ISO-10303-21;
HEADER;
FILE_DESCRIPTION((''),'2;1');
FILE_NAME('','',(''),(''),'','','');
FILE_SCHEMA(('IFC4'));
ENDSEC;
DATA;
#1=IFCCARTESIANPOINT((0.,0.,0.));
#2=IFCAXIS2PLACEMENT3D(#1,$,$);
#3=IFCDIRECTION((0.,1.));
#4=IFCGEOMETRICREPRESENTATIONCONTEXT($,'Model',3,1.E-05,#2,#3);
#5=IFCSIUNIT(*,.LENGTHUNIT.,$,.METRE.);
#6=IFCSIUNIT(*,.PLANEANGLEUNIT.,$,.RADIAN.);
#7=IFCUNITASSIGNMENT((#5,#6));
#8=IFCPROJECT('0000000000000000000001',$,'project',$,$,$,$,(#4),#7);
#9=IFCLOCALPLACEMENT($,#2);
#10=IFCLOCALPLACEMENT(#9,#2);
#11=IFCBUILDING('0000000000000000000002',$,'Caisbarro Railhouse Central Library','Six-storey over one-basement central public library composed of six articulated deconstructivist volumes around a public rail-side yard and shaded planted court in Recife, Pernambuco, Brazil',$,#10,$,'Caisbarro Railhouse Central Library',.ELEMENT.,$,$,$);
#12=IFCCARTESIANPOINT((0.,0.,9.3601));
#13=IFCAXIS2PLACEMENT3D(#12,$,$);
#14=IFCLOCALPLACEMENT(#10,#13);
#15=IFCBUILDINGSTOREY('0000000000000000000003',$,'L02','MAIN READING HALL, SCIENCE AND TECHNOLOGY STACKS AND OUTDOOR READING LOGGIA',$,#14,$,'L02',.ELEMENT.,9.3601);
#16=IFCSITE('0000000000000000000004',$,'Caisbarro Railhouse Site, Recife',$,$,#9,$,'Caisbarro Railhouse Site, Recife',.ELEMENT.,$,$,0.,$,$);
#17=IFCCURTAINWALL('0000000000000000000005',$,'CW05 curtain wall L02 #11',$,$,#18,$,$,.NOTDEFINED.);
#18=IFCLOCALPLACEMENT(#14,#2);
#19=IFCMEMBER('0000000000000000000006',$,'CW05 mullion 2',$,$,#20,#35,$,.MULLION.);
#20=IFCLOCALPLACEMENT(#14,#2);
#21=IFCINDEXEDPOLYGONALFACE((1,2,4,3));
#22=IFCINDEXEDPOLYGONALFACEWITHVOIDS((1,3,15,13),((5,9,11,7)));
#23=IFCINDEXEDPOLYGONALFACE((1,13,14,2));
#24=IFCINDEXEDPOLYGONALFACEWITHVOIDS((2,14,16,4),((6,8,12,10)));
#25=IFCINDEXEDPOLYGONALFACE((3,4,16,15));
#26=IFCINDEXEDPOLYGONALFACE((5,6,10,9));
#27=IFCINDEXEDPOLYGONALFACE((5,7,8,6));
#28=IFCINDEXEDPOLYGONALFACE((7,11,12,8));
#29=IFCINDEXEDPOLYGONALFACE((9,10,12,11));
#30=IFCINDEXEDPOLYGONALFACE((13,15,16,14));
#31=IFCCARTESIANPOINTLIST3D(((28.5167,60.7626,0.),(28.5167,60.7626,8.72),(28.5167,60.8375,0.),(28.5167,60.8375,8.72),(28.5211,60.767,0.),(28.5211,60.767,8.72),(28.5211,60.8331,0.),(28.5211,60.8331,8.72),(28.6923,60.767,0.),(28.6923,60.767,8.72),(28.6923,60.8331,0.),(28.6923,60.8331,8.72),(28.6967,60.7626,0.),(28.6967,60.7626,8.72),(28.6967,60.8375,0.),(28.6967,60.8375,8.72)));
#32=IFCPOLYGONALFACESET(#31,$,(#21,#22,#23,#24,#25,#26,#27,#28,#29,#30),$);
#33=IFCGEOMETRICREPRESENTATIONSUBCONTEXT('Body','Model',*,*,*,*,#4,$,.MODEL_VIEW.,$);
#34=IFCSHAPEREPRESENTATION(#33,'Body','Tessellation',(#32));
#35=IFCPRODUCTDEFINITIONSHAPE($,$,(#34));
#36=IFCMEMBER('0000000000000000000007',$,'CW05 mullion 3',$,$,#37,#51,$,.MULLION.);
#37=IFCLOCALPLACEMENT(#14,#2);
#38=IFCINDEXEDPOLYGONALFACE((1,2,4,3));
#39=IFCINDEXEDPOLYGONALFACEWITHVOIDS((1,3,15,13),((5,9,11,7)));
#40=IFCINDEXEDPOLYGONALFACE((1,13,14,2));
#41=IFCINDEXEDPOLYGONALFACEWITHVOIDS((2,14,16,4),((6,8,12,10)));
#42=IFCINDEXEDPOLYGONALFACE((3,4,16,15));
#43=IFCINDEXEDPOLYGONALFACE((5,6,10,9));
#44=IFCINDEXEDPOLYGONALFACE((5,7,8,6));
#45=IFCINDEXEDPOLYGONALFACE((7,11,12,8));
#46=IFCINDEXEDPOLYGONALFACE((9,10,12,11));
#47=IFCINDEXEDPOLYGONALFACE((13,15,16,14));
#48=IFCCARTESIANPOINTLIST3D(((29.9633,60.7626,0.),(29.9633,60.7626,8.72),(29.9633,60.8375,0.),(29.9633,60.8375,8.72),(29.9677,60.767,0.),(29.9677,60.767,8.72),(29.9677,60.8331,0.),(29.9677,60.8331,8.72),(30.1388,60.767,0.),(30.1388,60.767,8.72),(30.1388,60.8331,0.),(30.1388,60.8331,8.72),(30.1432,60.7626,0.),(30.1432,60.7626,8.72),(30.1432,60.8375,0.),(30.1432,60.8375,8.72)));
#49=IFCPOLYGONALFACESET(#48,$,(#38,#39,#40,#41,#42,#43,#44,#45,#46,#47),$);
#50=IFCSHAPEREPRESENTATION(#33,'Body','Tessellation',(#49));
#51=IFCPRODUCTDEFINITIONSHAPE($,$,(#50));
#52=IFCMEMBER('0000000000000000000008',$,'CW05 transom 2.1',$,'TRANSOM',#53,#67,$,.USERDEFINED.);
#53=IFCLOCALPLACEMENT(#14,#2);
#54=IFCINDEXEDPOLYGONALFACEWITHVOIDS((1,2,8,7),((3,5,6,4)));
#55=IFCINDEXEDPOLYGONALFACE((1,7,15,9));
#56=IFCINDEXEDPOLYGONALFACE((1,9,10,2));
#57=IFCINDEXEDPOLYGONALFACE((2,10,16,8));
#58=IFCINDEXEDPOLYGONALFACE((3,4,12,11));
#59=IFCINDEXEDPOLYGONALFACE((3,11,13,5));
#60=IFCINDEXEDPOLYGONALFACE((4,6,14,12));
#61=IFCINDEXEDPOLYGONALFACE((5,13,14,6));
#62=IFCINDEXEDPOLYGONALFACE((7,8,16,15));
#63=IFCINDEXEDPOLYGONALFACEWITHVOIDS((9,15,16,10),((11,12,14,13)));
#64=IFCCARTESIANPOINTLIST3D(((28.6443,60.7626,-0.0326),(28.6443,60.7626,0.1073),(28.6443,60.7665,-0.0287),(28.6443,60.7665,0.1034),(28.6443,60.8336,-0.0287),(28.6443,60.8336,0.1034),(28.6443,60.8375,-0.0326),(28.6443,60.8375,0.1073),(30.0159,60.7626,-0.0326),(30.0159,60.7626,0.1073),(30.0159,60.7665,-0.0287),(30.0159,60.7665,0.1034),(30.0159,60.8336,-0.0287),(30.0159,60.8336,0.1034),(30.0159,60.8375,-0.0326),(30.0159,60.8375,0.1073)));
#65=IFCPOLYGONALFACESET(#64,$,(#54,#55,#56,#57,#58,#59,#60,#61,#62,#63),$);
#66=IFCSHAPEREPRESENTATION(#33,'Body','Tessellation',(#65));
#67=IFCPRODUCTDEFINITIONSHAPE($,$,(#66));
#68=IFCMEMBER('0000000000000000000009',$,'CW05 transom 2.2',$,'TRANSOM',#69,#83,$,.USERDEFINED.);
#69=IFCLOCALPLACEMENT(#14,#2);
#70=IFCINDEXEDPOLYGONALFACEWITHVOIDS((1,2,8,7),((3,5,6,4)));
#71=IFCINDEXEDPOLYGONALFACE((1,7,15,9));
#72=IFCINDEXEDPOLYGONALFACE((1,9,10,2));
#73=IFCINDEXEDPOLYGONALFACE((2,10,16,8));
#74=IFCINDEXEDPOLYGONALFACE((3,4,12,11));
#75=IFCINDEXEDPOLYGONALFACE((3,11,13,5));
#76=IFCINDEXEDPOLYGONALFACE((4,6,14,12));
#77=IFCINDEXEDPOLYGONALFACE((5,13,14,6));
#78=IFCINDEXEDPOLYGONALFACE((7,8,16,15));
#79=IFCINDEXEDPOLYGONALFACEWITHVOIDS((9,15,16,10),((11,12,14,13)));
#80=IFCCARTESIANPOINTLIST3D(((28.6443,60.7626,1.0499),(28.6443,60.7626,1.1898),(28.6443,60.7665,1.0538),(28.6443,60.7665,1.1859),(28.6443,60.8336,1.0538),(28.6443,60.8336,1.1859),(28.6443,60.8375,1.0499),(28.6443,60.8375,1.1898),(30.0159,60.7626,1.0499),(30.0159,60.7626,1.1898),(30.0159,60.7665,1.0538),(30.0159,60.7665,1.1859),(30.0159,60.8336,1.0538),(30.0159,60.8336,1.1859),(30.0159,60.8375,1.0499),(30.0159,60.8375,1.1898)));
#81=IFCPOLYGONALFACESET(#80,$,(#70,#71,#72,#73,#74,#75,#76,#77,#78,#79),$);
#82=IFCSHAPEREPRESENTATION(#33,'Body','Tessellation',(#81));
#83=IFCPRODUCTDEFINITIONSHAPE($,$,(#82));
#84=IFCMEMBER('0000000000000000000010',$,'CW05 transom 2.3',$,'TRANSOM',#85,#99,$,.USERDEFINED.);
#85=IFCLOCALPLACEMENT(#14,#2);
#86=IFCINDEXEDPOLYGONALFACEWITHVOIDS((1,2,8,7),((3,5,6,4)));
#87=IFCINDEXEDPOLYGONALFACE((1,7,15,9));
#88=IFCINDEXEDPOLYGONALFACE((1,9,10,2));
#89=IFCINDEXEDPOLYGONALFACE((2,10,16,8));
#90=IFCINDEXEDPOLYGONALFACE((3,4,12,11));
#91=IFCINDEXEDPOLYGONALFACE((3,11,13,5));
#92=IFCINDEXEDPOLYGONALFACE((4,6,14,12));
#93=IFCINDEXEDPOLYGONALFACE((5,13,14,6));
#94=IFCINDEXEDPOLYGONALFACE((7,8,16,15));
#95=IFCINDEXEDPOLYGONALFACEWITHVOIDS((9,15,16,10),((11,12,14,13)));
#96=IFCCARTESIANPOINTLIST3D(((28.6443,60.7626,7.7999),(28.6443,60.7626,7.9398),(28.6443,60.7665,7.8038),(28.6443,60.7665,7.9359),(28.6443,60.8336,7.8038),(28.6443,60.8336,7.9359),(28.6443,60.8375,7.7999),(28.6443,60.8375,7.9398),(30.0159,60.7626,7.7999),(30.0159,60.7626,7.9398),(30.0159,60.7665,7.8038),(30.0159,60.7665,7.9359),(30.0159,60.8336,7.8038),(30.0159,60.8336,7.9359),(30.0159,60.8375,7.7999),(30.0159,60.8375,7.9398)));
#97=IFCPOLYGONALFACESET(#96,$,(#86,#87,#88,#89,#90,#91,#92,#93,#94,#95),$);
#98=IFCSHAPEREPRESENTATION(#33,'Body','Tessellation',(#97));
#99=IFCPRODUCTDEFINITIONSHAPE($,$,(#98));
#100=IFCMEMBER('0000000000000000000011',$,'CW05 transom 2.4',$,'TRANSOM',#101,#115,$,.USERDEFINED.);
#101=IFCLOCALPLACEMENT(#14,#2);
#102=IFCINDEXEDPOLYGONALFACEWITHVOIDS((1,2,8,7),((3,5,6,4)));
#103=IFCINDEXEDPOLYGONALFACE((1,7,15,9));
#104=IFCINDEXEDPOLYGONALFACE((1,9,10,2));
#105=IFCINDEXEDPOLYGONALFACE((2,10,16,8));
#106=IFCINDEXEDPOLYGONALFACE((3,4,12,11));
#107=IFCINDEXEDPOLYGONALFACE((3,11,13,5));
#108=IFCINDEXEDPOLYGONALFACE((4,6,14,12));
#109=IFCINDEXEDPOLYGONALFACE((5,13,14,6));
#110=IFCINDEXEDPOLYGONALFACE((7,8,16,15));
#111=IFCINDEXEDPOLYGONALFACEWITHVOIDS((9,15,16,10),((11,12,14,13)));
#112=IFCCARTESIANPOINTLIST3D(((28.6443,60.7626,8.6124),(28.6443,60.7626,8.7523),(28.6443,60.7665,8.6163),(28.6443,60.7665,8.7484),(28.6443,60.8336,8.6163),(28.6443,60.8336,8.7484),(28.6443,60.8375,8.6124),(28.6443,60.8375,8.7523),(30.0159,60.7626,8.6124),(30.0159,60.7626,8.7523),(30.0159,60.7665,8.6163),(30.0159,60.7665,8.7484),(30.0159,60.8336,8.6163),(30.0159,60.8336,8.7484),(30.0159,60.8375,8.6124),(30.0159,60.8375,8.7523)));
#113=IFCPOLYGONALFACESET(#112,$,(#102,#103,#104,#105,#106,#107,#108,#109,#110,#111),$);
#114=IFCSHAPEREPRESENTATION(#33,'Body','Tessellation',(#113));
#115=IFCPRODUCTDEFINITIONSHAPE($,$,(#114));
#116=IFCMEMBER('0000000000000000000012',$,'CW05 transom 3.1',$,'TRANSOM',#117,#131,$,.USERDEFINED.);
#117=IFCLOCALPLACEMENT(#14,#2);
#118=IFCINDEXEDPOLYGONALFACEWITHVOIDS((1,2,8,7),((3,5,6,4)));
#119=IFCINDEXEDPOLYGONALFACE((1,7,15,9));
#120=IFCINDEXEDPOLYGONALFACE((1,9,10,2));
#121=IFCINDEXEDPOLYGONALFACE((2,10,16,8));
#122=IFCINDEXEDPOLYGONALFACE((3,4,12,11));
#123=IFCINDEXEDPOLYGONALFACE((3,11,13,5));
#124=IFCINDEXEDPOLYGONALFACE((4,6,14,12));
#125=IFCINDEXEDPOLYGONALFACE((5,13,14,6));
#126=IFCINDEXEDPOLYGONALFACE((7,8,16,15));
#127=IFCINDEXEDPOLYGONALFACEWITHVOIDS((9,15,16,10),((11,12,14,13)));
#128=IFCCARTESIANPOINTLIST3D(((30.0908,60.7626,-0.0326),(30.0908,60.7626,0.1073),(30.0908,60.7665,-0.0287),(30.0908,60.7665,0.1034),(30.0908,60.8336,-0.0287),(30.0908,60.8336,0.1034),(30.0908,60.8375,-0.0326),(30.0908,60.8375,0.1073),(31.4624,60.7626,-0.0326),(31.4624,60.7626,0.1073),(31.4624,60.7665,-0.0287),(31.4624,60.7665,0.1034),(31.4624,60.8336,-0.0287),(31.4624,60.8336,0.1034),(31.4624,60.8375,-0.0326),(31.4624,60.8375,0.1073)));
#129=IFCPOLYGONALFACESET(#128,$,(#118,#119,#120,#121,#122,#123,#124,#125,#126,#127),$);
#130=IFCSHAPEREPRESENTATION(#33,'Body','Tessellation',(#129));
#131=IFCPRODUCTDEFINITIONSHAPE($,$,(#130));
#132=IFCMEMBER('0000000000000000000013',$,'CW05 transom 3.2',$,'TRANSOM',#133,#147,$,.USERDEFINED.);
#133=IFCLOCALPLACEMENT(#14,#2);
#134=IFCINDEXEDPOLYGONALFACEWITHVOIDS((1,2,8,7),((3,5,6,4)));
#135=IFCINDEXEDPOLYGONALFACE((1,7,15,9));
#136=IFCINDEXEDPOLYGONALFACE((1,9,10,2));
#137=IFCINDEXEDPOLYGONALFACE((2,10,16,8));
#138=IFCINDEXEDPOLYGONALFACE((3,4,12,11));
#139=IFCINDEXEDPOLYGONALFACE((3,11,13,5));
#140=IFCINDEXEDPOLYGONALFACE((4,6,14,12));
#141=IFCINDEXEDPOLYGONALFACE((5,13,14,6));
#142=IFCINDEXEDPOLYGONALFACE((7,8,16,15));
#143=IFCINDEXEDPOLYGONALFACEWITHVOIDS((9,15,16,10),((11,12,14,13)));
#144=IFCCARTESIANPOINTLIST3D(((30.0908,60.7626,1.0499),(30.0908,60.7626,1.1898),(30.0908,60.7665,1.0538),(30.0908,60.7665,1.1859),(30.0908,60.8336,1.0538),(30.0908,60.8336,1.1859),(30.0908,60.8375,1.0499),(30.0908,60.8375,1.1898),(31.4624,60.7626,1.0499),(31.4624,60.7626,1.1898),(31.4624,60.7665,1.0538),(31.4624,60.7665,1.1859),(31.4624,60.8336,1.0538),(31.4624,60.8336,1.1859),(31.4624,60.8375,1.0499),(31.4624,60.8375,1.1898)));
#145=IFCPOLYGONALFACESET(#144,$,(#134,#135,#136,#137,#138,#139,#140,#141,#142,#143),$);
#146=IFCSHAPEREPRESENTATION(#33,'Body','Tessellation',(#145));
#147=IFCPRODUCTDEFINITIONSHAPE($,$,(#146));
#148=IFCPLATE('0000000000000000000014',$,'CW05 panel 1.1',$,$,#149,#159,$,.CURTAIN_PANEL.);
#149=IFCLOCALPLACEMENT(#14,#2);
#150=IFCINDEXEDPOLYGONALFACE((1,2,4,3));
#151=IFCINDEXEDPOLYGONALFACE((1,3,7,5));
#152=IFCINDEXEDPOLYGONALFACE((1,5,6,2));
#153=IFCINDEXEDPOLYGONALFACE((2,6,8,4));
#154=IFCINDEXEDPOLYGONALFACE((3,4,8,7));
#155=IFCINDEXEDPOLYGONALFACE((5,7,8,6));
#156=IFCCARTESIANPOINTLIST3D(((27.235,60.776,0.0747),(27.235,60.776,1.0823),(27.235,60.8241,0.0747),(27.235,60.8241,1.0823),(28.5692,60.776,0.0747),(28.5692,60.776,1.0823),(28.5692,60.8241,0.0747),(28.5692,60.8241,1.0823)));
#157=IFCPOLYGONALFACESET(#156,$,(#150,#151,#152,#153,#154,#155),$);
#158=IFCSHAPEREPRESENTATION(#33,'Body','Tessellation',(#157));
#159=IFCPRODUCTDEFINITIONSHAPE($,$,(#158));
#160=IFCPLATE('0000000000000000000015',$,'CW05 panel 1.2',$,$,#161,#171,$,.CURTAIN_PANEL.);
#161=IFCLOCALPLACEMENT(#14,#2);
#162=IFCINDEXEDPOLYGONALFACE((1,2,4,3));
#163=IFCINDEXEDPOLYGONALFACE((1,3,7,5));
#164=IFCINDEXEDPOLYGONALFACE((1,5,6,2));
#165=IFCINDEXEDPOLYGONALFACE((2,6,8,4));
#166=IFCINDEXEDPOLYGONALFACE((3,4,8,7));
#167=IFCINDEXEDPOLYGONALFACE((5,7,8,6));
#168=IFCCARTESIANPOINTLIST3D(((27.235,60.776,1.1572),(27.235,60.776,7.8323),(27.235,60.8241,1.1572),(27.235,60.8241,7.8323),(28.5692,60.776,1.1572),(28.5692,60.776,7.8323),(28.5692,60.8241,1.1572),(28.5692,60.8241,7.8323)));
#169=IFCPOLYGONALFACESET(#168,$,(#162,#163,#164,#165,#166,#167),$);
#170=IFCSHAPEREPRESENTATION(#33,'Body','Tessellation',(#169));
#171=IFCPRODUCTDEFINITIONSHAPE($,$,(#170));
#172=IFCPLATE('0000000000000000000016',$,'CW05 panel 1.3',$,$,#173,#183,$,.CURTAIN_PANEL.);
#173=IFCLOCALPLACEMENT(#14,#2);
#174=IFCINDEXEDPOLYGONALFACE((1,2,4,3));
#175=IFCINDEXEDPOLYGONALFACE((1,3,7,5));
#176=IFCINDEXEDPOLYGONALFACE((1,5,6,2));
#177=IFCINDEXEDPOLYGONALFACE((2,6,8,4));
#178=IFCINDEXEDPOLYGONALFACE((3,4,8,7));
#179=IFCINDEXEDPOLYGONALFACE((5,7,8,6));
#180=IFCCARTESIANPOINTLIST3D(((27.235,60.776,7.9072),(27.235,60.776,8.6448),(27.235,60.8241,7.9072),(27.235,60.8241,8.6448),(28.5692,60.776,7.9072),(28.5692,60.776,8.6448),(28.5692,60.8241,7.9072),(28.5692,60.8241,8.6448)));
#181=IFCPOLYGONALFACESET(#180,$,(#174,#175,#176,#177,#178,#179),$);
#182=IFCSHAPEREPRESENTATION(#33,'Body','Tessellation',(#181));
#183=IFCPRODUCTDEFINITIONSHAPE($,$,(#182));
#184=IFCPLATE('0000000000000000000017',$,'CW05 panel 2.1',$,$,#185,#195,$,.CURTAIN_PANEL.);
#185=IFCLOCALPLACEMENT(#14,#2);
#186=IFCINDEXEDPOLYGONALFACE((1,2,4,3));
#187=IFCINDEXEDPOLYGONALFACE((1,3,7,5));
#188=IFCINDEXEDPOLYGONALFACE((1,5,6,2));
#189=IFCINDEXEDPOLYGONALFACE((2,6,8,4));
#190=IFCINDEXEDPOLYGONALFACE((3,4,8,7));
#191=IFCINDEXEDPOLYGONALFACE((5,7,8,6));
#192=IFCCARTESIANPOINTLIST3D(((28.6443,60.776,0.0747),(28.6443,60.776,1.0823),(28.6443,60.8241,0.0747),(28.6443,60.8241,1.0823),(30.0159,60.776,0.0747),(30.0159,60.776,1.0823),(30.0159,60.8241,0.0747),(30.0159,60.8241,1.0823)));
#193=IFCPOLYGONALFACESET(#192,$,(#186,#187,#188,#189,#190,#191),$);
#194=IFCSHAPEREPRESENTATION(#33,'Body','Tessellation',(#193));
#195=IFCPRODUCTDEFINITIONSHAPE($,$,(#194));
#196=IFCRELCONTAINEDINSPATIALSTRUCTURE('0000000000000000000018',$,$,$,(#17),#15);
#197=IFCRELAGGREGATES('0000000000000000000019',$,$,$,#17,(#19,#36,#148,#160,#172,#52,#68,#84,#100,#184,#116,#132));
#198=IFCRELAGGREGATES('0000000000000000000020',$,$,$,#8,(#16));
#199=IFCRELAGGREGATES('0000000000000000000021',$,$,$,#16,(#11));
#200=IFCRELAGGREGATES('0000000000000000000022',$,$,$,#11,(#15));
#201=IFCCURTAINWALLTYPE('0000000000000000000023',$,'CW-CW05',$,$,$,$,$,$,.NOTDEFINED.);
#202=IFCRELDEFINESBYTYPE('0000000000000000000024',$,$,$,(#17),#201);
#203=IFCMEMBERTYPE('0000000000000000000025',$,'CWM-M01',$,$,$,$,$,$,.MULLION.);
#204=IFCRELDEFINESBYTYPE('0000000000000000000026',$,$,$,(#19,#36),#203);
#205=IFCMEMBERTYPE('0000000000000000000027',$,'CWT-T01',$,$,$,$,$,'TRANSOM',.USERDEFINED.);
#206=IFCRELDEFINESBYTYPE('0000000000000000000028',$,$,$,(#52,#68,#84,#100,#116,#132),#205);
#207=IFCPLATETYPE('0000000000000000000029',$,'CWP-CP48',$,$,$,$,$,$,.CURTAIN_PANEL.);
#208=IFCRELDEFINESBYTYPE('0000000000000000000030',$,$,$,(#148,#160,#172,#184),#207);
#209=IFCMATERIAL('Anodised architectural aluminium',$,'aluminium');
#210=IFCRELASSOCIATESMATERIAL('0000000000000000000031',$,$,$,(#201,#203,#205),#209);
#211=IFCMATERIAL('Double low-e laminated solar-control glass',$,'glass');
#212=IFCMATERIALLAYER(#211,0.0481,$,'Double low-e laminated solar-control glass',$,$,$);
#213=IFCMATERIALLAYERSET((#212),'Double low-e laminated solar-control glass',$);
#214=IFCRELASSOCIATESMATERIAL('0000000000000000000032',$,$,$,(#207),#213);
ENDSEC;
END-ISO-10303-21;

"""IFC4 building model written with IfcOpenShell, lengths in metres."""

from ifc_helpers import new_model, si_unit, direction, frame, origin, origin_2d, place, context, subcontext, project, spatial, rectangle, hollow_rectangle, extrude, material, layer, layer_set, material_profile, profile_set, type_object, element, aggregate, save


model = new_model("IFC4")

# Units and contexts
model_context = context("Model", 3, precision=1e-05, world=origin(), true_north=direction((0.0, 1.0)))
body_context = subcontext(model_context, "Body", "Model", "MODEL_VIEW")
ifc_project = project(units=[si_unit("LENGTHUNIT", "METRE"), si_unit("PLANEANGLEUNIT", "RADIAN")], contexts=[model_context])

# Site, building, storey
site_placement = place(None, origin())
site = spatial("IfcSite", under=ifc_project, at=site_placement, Name="Caisbarro Railhouse Site, Recife", LongName="Caisbarro Railhouse Site, Recife", CompositionType="ELEMENT", RefElevation=0.0)
building_placement = place(site_placement, origin())
building = spatial("IfcBuilding", under=site, at=building_placement, Name="Caisbarro Railhouse Central Library", Description="Six-storey over one-basement central public library composed of six articulated deconstructivist volumes around a public rail-side yard and shaded planted court in Recife, Pernambuco, Brazil", LongName="Caisbarro Railhouse Central Library", CompositionType="ELEMENT")
storey_placement = place(building_placement, frame((0.0, 0.0, 9.3601)))
storey = spatial("IfcBuildingStorey", under=building, at=storey_placement, Name="L02", Description="MAIN READING HALL, SCIENCE AND TECHNOLOGY STACKS AND OUTDOOR READING LOGGIA", LongName="L02", CompositionType="ELEMENT", Elevation=9.3601)

# Curtain wall, members, plates
ifc_material_1 = material(Name="Anodised architectural aluminium", Category="aluminium")
curtain_wall_type = type_object("IfcCurtainWallType", Name="CW-CW05", PredefinedType="NOTDEFINED", material=ifc_material_1)
curtain_wall_placement = place(storey_placement, origin())
curtain_wall = element("IfcCurtainWall", 1, at=curtain_wall_placement, inside=storey, type_object=curtain_wall_type, Name="CW05 curtain wall L02 #11", PredefinedType="NOTDEFINED")
ifc_material_profile_1 = material_profile(ifc_material_1, hollow_rectangle(XDim=0.075, YDim=0.1799, WallThickness=0.0044, at=origin_2d()), Name="ALU-MUL-75X180")
ifc_profile_set_1 = profile_set([ifc_material_profile_1], Name="Anodised architectural aluminium")
member_type_1 = type_object("IfcMemberType", Name="CWM-M01", PredefinedType="MULLION", material=ifc_profile_set_1)
member_1_placement = place(storey_placement, frame((28.6067, 60.8, 0.0), z_axis=(0.0, 0.0, 1.0), x_axis=(0.0, 1.0, 0.0)))
member_1 = element("IfcMember", 2, at=member_1_placement, type_object=member_type_1, Name="CW05 mullion 2", PredefinedType="MULLION", context=body_context, shape_type="SweptSolid", body=[
    extrude(hollow_rectangle(XDim=0.075, YDim=0.1799, WallThickness=0.0044, at=origin_2d()), origin(), (0.0, 0.0, 1.0), 8.72),
])
member_2_placement = place(storey_placement, frame((30.0532, 60.8, 0.0), z_axis=(0.0, 0.0, 1.0), x_axis=(0.0, 1.0, 0.0)))
member_2 = element("IfcMember", 3, at=member_2_placement, type_object=member_type_1, Name="CW05 mullion 3", PredefinedType="MULLION", context=body_context, shape_type="SweptSolid", body=[
    extrude(hollow_rectangle(XDim=0.075, YDim=0.1799, WallThickness=0.0044, at=origin_2d()), origin(), (0.0, 0.0, 1.0), 8.72),
])
ifc_material_profile_2 = material_profile(ifc_material_1, hollow_rectangle(XDim=0.075, YDim=0.1399, WallThickness=0.0039, at=origin_2d()), Name="ALU-TRN-75X140")
ifc_profile_set_2 = profile_set([ifc_material_profile_2], Name="Anodised architectural aluminium")
member_type_2 = type_object("IfcMemberType", Name="CWT-T01", ElementType="TRANSOM", PredefinedType="USERDEFINED", material=ifc_profile_set_2)
member_3_placement = place(storey_placement, frame((28.6443, 60.8, 0.0374), z_axis=(1.0, 0.0, 0.0), x_axis=(0.0, 1.0, 0.0)))
member_3 = element("IfcMember", 4, at=member_3_placement, type_object=member_type_2, Name="CW05 transom 2.1", ObjectType="TRANSOM", PredefinedType="USERDEFINED", context=body_context, shape_type="SweptSolid", body=[
    extrude(hollow_rectangle(XDim=0.075, YDim=0.1399, WallThickness=0.0039, at=origin_2d()), origin(), (0.0, 0.0, 1.0), 1.3716),
])
member_4_placement = place(storey_placement, frame((28.6443, 60.8, 1.1199), z_axis=(1.0, 0.0, 0.0), x_axis=(0.0, 1.0, 0.0)))
member_4 = element("IfcMember", 5, at=member_4_placement, type_object=member_type_2, Name="CW05 transom 2.2", ObjectType="TRANSOM", PredefinedType="USERDEFINED", context=body_context, shape_type="SweptSolid", body=[
    extrude(hollow_rectangle(XDim=0.075, YDim=0.1399, WallThickness=0.0039, at=origin_2d()), origin(), (0.0, 0.0, 1.0), 1.3716),
])
member_5_placement = place(storey_placement, frame((28.6443, 60.8, 7.8699), z_axis=(1.0, 0.0, 0.0), x_axis=(0.0, 1.0, 0.0)))
member_5 = element("IfcMember", 6, at=member_5_placement, type_object=member_type_2, Name="CW05 transom 2.3", ObjectType="TRANSOM", PredefinedType="USERDEFINED", context=body_context, shape_type="SweptSolid", body=[
    extrude(hollow_rectangle(XDim=0.075, YDim=0.1399, WallThickness=0.0039, at=origin_2d()), origin(), (0.0, 0.0, 1.0), 1.3716),
])
member_6_placement = place(storey_placement, frame((28.6443, 60.8, 8.6824), z_axis=(1.0, 0.0, 0.0), x_axis=(0.0, 1.0, 0.0)))
member_6 = element("IfcMember", 7, at=member_6_placement, type_object=member_type_2, Name="CW05 transom 2.4", ObjectType="TRANSOM", PredefinedType="USERDEFINED", context=body_context, shape_type="SweptSolid", body=[
    extrude(hollow_rectangle(XDim=0.075, YDim=0.1399, WallThickness=0.0039, at=origin_2d()), origin(), (0.0, 0.0, 1.0), 1.3716),
])
member_7_placement = place(storey_placement, frame((30.0908, 60.8, 0.0374), z_axis=(1.0, 0.0, 0.0), x_axis=(0.0, 1.0, 0.0)))
member_7 = element("IfcMember", 8, at=member_7_placement, type_object=member_type_2, Name="CW05 transom 3.1", ObjectType="TRANSOM", PredefinedType="USERDEFINED", context=body_context, shape_type="SweptSolid", body=[
    extrude(hollow_rectangle(XDim=0.075, YDim=0.1399, WallThickness=0.0039, at=origin_2d()), origin(), (0.0, 0.0, 1.0), 1.3716),
])
member_8_placement = place(storey_placement, frame((30.0908, 60.8, 1.1199), z_axis=(1.0, 0.0, 0.0), x_axis=(0.0, 1.0, 0.0)))
member_8 = element("IfcMember", 9, at=member_8_placement, type_object=member_type_2, Name="CW05 transom 3.2", ObjectType="TRANSOM", PredefinedType="USERDEFINED", context=body_context, shape_type="SweptSolid", body=[
    extrude(hollow_rectangle(XDim=0.075, YDim=0.1399, WallThickness=0.0039, at=origin_2d()), origin(), (0.0, 0.0, 1.0), 1.3716),
])
ifc_material_2 = material(Name="Double low-e laminated solar-control glass", Category="glass")
ifc_layer_1 = layer(ifc_material_2, 0.0481, Name="Double low-e laminated solar-control glass")
ifc_layer_set_1 = layer_set([ifc_layer_1], Name="Double low-e laminated solar-control glass")
plate_type = type_object("IfcPlateType", Name="CWP-CP48", PredefinedType="CURTAIN_PANEL", material=ifc_layer_set_1)
plate_1_placement = place(storey_placement, frame((27.9021, 60.8, 0.0747), z_axis=(0.0, 0.0, 1.0), x_axis=(1.0, 0.0, 0.0)))
plate_1 = element("IfcPlate", 10, at=plate_1_placement, type_object=plate_type, Name="CW05 panel 1.1", PredefinedType="CURTAIN_PANEL", context=body_context, shape_type="SweptSolid", body=[
    extrude(rectangle(XDim=1.3342, YDim=0.0481, at=origin_2d()), origin(), (0.0, 0.0, 1.0), 1.0076),
])
plate_2_placement = place(storey_placement, frame((27.9021, 60.8, 1.1572), z_axis=(0.0, 0.0, 1.0), x_axis=(1.0, 0.0, 0.0)))
plate_2 = element("IfcPlate", 11, at=plate_2_placement, type_object=plate_type, Name="CW05 panel 1.2", PredefinedType="CURTAIN_PANEL", context=body_context, shape_type="SweptSolid", body=[
    extrude(rectangle(XDim=1.3342, YDim=0.0481, at=origin_2d()), origin(), (0.0, 0.0, 1.0), 6.675),
])
plate_3_placement = place(storey_placement, frame((27.9021, 60.8, 7.9072), z_axis=(0.0, 0.0, 1.0), x_axis=(1.0, 0.0, 0.0)))
plate_3 = element("IfcPlate", 12, at=plate_3_placement, type_object=plate_type, Name="CW05 panel 1.3", PredefinedType="CURTAIN_PANEL", context=body_context, shape_type="SweptSolid", body=[
    extrude(rectangle(XDim=1.3342, YDim=0.0481, at=origin_2d()), origin(), (0.0, 0.0, 1.0), 0.7375),
])
plate_4_placement = place(storey_placement, frame((29.3301, 60.8, 0.0747), z_axis=(0.0, 0.0, 1.0), x_axis=(1.0, 0.0, 0.0)))
plate_4 = element("IfcPlate", 13, at=plate_4_placement, type_object=plate_type, Name="CW05 panel 2.1", PredefinedType="CURTAIN_PANEL", context=body_context, shape_type="SweptSolid", body=[
    extrude(rectangle(XDim=1.3716, YDim=0.0481, at=origin_2d()), origin(), (0.0, 0.0, 1.0), 1.0076),
])
aggregate(curtain_wall, [member_1, member_2, plate_1, plate_2, plate_3, member_3, member_4, member_5, member_6, plate_4, member_7, member_8])

save(model, "model.ifc")
